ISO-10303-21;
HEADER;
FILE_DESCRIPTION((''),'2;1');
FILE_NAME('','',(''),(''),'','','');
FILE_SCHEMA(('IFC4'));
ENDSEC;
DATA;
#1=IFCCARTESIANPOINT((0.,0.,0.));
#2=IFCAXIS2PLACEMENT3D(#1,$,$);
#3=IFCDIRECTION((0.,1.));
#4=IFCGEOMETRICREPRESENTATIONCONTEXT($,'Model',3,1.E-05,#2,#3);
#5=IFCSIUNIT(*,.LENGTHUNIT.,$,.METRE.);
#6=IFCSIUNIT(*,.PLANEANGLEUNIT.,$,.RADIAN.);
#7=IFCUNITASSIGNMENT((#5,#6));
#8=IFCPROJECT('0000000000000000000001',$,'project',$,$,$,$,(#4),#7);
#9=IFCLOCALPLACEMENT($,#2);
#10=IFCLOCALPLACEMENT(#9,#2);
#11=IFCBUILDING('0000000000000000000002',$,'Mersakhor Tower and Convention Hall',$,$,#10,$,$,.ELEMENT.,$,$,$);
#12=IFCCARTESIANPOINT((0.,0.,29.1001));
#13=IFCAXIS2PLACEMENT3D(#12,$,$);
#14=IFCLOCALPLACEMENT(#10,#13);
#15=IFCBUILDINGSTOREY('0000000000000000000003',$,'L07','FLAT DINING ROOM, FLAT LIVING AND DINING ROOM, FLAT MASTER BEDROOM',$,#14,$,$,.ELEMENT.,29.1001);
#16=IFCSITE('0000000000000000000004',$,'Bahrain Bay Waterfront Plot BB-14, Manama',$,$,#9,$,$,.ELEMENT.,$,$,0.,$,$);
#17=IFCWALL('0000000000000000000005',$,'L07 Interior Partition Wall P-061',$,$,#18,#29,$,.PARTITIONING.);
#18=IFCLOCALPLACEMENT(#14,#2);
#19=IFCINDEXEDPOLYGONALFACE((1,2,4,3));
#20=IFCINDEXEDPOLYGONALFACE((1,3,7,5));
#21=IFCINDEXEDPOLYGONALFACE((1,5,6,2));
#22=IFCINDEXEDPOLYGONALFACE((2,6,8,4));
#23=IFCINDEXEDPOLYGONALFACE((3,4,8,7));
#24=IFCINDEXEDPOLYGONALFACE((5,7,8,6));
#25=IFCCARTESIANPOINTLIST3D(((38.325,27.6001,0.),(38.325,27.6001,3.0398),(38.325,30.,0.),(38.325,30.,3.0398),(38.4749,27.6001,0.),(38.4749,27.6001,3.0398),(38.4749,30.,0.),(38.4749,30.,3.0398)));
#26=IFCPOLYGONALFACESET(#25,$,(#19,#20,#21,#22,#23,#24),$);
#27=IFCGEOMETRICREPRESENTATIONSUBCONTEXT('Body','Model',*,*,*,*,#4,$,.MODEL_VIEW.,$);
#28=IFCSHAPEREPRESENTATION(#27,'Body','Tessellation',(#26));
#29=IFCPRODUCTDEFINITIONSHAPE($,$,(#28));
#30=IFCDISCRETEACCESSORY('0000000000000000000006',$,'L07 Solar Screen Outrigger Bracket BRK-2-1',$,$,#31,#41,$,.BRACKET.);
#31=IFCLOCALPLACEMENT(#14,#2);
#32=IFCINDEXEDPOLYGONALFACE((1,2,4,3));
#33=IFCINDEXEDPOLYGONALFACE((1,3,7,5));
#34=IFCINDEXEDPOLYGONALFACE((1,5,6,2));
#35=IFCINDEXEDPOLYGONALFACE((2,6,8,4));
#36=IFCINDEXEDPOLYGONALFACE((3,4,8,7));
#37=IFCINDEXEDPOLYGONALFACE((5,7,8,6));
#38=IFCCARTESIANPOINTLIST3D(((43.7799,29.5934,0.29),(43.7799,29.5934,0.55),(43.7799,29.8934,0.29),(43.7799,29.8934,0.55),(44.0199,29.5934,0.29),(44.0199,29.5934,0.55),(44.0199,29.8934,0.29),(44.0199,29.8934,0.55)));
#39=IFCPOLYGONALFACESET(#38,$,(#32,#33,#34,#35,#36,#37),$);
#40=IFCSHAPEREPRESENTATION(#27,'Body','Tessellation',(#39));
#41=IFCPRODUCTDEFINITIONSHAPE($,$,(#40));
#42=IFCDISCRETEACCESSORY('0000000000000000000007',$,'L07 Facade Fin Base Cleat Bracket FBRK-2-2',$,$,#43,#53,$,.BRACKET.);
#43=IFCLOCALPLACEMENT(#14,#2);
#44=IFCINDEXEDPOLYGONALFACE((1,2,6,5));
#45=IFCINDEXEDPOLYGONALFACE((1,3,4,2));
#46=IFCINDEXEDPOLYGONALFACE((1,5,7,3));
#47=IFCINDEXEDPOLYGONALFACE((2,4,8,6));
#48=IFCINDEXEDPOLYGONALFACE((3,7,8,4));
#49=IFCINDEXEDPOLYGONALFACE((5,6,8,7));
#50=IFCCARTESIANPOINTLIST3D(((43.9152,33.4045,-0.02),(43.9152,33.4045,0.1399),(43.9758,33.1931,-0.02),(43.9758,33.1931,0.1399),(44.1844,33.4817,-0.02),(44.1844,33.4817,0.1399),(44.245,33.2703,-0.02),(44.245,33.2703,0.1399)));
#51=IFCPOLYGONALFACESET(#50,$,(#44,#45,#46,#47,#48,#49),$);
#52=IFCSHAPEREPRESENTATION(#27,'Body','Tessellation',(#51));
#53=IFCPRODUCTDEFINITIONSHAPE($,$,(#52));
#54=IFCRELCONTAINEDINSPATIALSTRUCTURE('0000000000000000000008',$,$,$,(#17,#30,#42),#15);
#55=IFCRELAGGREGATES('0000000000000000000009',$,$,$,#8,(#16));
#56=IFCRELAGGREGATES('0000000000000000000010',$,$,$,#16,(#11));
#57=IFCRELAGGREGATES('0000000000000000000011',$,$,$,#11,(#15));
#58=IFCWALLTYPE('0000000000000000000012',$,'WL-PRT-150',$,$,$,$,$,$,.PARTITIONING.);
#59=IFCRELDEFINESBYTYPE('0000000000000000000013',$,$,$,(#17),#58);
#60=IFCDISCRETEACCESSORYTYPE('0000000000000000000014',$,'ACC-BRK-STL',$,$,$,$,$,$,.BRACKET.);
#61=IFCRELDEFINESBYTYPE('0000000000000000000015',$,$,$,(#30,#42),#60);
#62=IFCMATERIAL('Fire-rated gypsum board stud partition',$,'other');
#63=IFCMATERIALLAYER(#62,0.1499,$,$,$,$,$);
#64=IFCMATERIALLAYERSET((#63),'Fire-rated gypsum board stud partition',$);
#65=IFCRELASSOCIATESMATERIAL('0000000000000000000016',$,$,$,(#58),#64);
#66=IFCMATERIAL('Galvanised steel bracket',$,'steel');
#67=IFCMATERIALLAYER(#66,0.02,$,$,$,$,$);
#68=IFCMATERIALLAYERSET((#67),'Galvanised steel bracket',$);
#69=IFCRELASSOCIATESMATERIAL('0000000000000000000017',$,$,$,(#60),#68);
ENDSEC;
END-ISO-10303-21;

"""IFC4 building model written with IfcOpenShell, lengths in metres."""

from ifc_helpers import new_model, si_unit, direction, frame, frame_2d, origin, origin_2d, place, context, subcontext, project, spatial, rectangle, extrude, material, layer, layer_set, type_object, element, save


model = new_model("IFC4")

# Units and contexts
model_context = context("Model", 3, precision=1e-05, world=origin(), true_north=direction((0.0, 1.0)))
body_context = subcontext(model_context, "Body", "Model", "MODEL_VIEW")
ifc_project = project(units=[si_unit("LENGTHUNIT", "METRE"), si_unit("PLANEANGLEUNIT", "RADIAN")], contexts=[model_context])

# Site, building, storey
site_placement = place(None, origin())
site = spatial("IfcSite", under=ifc_project, at=site_placement, Name="Bahrain Bay Waterfront Plot BB-14, Manama", CompositionType="ELEMENT", RefElevation=0.0)
building_placement = place(site_placement, origin())
building = spatial("IfcBuilding", under=site, at=building_placement, Name="Mersakhor Tower and Convention Hall", CompositionType="ELEMENT")
storey_placement = place(building_placement, frame((0.0, 0.0, 29.1001)))
storey = spatial("IfcBuildingStorey", under=building, at=storey_placement, Name="L07", Description="FLAT DINING ROOM, FLAT LIVING AND DINING ROOM, FLAT MASTER BEDROOM", CompositionType="ELEMENT", Elevation=29.1001)

# Wall
ifc_material_1 = material(Name="Fire-rated gypsum board stud partition", Category="other")
ifc_layer_1 = layer(ifc_material_1, 0.1499)
ifc_layer_set_1 = layer_set([ifc_layer_1], Name="Fire-rated gypsum board stud partition")
wall_type_1 = type_object("IfcWallType", Name="WL-PRT-150", PredefinedType="PARTITIONING", material=ifc_layer_set_1)
wall_1_placement = place(storey_placement, frame((38.3999, 30.0, 0.0), z_axis=(0.0, 0.0, 1.0), x_axis=(0.0, -1.0, 0.0)))
element("IfcWall", 1, at=wall_1_placement, inside=storey, type_object=wall_type_1, Name="L07 Interior Partition Wall P-061", PredefinedType="PARTITIONING", context=body_context, shape_type="SweptSolid", body=[
    extrude(rectangle(XDim=2.3999, YDim=0.1499, at=frame_2d((1.2, 0.0))), origin(), (0.0, 0.0, 1.0), 3.0398),
])

# Discrete accessories
ifc_material_2 = material(Name="Galvanised steel bracket", Category="steel")
ifc_layer_2 = layer(ifc_material_2, 0.02)
ifc_layer_set_2 = layer_set([ifc_layer_2], Name="Galvanised steel bracket")
discrete_accessory_type = type_object("IfcDiscreteAccessoryType", Name="ACC-BRK-STL", PredefinedType="BRACKET", material=ifc_layer_set_2)
discrete_accessory_1_placement = place(storey_placement, frame((43.8999, 29.7434, 0.29), z_axis=(0.0, 0.0, 1.0), x_axis=(0.0, -1.0, 0.0)))
element("IfcDiscreteAccessory", 2, at=discrete_accessory_1_placement, inside=storey, type_object=discrete_accessory_type, Name="L07 Solar Screen Outrigger Bracket BRK-2-1", PredefinedType="BRACKET", context=body_context, shape_type="SweptSolid", body=[
    extrude(rectangle(XDim=0.3, YDim=0.24, at=origin_2d()), origin(), (0.0, 0.0, 1.0), 0.26),
])
discrete_accessory_2_placement = place(storey_placement, frame((44.0801, 33.3374, -0.02), z_axis=(0.0, 0.0, 1.0), x_axis=(0.961262, 0.275637, 0.0)))
element("IfcDiscreteAccessory", 3, at=discrete_accessory_2_placement, inside=storey, type_object=discrete_accessory_type, Name="L07 Facade Fin Base Cleat Bracket FBRK-2-2", PredefinedType="BRACKET", context=body_context, shape_type="SweptSolid", body=[
    extrude(rectangle(XDim=0.28, YDim=0.22, at=origin_2d()), origin(), (0.0, 0.0, 1.0), 0.1599),
])

save(model, "model.ifc")
